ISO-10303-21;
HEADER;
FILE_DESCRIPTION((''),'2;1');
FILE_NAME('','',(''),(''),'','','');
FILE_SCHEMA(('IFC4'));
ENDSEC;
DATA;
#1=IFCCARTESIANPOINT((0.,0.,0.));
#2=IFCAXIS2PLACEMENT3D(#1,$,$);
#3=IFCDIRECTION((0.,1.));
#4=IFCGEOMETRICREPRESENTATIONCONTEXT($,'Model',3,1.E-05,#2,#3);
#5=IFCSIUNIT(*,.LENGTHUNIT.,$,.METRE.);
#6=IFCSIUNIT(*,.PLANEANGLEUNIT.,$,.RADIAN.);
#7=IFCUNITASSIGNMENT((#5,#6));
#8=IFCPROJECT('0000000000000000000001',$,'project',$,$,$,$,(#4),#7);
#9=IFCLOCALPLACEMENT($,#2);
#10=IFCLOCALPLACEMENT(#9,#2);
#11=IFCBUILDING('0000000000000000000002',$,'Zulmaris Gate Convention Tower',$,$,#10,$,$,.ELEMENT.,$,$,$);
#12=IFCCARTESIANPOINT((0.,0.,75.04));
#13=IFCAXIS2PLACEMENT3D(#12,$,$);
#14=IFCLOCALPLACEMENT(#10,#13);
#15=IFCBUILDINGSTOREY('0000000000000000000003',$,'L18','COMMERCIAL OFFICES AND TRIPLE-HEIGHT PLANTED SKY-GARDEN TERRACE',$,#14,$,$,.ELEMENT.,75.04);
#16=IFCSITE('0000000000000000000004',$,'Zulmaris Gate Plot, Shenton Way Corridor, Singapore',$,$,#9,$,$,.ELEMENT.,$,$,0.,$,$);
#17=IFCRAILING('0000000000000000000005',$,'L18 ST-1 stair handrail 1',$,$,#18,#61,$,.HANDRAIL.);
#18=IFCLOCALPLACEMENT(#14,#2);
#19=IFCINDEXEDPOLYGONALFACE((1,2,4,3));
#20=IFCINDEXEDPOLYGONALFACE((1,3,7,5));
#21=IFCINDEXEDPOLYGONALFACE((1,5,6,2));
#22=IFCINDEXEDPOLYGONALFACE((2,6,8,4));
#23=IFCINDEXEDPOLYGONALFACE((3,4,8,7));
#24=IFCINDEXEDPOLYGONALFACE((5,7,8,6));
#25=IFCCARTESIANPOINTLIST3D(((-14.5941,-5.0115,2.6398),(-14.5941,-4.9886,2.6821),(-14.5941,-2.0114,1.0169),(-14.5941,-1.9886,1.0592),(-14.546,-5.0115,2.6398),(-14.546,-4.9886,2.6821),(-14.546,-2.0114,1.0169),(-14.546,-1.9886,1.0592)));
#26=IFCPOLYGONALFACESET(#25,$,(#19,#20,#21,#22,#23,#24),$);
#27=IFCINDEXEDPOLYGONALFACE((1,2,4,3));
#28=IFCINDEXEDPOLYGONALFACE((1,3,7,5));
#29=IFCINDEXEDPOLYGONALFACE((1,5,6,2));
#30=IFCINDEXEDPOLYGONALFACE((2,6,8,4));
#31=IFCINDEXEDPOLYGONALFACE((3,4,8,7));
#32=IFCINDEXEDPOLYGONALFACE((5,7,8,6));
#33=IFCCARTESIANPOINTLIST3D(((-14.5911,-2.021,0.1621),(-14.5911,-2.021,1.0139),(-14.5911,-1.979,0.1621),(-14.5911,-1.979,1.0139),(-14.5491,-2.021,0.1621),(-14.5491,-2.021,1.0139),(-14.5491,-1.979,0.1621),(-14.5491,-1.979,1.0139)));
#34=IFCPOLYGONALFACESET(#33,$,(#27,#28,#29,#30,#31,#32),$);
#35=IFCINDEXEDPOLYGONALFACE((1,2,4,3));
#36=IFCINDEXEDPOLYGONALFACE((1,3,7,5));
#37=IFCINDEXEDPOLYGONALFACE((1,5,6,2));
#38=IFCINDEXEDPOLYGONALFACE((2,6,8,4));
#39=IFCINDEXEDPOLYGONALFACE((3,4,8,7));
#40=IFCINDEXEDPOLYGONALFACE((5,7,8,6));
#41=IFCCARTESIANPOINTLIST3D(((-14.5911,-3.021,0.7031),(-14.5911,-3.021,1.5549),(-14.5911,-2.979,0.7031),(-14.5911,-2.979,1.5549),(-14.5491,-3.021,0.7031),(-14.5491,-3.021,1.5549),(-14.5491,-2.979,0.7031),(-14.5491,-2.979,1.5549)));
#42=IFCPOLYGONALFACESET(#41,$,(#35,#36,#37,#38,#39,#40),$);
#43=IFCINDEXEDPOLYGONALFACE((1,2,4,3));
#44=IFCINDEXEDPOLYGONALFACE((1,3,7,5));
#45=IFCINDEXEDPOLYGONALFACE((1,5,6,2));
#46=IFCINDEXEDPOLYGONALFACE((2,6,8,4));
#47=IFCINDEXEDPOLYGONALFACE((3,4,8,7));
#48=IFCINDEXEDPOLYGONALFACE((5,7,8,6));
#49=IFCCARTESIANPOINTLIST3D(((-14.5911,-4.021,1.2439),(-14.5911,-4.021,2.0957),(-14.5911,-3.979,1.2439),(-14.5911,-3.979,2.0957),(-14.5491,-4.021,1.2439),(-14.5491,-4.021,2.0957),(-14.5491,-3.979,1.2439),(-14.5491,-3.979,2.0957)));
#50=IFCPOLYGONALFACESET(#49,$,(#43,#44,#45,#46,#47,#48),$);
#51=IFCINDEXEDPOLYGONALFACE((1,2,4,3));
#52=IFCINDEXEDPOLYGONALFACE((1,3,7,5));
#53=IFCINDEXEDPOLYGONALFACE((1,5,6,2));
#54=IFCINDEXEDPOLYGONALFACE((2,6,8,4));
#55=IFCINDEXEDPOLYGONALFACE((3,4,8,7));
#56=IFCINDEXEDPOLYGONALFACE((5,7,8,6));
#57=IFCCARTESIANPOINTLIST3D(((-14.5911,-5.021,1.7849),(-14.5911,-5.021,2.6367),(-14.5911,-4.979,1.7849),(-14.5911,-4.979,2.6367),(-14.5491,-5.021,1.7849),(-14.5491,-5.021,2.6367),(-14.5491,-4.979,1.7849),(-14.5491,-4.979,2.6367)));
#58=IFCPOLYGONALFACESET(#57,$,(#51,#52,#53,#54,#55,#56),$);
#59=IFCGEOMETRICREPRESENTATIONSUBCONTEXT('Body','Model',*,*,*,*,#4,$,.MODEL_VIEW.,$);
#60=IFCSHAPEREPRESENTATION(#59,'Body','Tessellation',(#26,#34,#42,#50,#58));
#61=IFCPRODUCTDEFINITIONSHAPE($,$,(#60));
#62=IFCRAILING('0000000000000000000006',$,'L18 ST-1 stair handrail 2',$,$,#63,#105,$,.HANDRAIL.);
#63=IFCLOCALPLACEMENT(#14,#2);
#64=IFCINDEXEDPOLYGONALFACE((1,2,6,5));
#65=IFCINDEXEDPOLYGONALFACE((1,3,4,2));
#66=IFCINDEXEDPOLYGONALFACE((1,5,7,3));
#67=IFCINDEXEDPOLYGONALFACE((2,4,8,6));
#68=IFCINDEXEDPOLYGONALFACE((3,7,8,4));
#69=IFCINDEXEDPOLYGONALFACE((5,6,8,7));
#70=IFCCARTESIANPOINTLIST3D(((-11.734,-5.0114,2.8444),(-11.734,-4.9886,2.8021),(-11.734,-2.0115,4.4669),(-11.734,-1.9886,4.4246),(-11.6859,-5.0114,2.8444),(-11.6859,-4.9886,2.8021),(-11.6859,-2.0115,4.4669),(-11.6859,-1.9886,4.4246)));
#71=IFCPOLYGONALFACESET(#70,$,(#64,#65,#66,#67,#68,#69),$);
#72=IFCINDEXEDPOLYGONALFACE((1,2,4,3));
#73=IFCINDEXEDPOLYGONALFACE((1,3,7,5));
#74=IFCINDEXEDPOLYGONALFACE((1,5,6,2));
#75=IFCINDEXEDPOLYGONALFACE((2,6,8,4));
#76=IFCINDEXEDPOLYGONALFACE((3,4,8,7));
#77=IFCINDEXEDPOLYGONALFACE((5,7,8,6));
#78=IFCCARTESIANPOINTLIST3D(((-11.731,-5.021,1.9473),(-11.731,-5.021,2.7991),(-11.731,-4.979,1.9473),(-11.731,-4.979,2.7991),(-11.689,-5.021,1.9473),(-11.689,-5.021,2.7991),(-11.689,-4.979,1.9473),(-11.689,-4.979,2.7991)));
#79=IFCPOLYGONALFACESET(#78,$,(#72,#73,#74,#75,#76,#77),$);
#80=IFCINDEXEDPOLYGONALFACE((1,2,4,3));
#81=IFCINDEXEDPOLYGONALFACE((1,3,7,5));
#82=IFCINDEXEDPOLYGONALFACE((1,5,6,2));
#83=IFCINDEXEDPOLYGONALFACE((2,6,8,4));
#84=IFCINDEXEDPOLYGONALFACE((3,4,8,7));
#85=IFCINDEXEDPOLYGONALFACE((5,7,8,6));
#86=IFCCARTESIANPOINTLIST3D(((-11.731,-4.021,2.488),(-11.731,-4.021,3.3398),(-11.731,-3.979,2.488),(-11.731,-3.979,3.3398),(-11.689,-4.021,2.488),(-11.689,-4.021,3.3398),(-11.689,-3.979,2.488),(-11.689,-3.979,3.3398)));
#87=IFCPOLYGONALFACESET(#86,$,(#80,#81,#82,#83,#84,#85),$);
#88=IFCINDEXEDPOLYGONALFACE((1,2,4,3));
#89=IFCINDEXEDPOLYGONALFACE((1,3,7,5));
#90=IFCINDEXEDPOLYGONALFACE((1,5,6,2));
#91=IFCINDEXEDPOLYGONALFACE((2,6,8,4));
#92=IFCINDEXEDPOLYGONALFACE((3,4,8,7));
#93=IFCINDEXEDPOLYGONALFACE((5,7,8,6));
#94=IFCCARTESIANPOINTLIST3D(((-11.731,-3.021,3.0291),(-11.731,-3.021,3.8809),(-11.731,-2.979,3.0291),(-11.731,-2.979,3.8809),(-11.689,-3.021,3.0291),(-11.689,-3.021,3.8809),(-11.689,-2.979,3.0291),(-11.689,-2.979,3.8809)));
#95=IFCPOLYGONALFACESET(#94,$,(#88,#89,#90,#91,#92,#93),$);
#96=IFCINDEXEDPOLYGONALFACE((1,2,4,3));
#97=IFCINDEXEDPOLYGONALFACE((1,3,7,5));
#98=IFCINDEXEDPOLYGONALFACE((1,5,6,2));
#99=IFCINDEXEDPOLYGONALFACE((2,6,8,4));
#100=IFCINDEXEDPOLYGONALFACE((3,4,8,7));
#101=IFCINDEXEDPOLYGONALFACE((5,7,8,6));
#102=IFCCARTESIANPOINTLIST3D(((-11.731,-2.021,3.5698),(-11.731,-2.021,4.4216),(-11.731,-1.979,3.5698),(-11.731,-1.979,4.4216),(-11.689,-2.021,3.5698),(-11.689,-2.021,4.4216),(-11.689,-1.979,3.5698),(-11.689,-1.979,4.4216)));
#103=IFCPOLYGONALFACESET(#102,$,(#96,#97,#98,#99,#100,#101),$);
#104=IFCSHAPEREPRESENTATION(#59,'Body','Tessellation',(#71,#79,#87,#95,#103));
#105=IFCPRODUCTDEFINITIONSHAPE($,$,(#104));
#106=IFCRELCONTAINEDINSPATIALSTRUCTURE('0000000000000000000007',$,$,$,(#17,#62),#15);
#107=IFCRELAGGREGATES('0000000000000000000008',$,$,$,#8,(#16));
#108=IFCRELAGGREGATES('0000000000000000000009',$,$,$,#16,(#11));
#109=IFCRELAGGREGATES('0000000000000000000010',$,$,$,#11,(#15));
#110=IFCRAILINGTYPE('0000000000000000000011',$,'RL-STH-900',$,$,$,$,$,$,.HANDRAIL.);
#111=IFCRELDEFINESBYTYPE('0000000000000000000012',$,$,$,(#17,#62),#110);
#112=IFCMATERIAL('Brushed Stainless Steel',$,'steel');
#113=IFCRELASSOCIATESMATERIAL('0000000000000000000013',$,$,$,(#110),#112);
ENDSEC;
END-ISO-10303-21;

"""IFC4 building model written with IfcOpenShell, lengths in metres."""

from ifc_helpers import new_model, si_unit, direction, frame, origin, origin_2d, place, context, subcontext, project, spatial, rectangle, extrude, material, type_object, element, save


model = new_model("IFC4")

# Units and contexts
model_context = context("Model", 3, precision=1e-05, world=origin(), true_north=direction((0.0, 1.0)))
body_context = subcontext(model_context, "Body", "Model", "MODEL_VIEW")
ifc_project = project(units=[si_unit("LENGTHUNIT", "METRE"), si_unit("PLANEANGLEUNIT", "RADIAN")], contexts=[model_context])

# Site, building, storey
site_placement = place(None, origin())
site = spatial("IfcSite", under=ifc_project, at=site_placement, Name="Zulmaris Gate Plot, Shenton Way Corridor, Singapore", CompositionType="ELEMENT", RefElevation=0.0)
building_placement = place(site_placement, origin())
building = spatial("IfcBuilding", under=site, at=building_placement, Name="Zulmaris Gate Convention Tower", CompositionType="ELEMENT")
storey_placement = place(building_placement, frame((0.0, 0.0, 75.04)))
storey = spatial("IfcBuildingStorey", under=building, at=storey_placement, Name="L18", Description="COMMERCIAL OFFICES AND TRIPLE-HEIGHT PLANTED SKY-GARDEN TERRACE", CompositionType="ELEMENT", Elevation=75.04)

# Railings
ifc_material_1 = material(Name="Brushed Stainless Steel", Category="steel")
railing_type_1 = type_object("IfcRailingType", Name="RL-STH-900", PredefinedType="HANDRAIL", material=ifc_material_1)
railing_1_placement = place(storey_placement, frame((-14.5701, -2.0, 0.1621)))
element("IfcRailing", 1, at=railing_1_placement, inside=storey, type_object=railing_type_1, Name="L18 ST-1 stair handrail 1", PredefinedType="HANDRAIL", context=body_context, shape_type="SweptSolid", body=[
    extrude(rectangle(XDim=0.0481, YDim=0.0481, at=origin_2d()), frame((0.0, 0.0, 0.876), z_axis=(0.0, -0.879562, 0.475785), x_axis=(1.0, 0.0, 0.0)), (0.0, 0.0, 1.0), 3.4109),
    extrude(rectangle(XDim=0.042, YDim=0.042, at=origin_2d()), origin(), (0.0, 0.0, 1.0), 0.8518),
    extrude(rectangle(XDim=0.042, YDim=0.042, at=origin_2d()), frame((0.0, -1.0, 0.541)), (0.0, 0.0, 1.0), 0.8518),
    extrude(rectangle(XDim=0.042, YDim=0.042, at=origin_2d()), frame((0.0, -2.0, 1.0818)), (0.0, 0.0, 1.0), 0.8518),
    extrude(rectangle(XDim=0.042, YDim=0.042, at=origin_2d()), frame((0.0, -3.0, 1.6228)), (0.0, 0.0, 1.0), 0.8518),
])
railing_2_placement = place(storey_placement, frame((-11.71, -5.0, 1.9473)))
element("IfcRailing", 2, at=railing_2_placement, inside=storey, type_object=railing_type_1, Name="L18 ST-1 stair handrail 2", PredefinedType="HANDRAIL", context=body_context, shape_type="SweptSolid", body=[
    extrude(rectangle(XDim=0.0481, YDim=0.0481, at=origin_2d()), frame((0.0, 0.0, 0.876), z_axis=(0.0, 0.879592, 0.47573), x_axis=(-1.0, 0.0, 0.0)), (0.0, 0.0, 1.0), 3.4106),
    extrude(rectangle(XDim=0.042, YDim=0.042, at=origin_2d()), origin(), (0.0, 0.0, 1.0), 0.8518),
    extrude(rectangle(XDim=0.042, YDim=0.042, at=origin_2d()), frame((0.0, 1.0, 0.5408)), (0.0, 0.0, 1.0), 0.8518),
    extrude(rectangle(XDim=0.042, YDim=0.042, at=origin_2d()), frame((0.0, 2.0, 1.0818)), (0.0, 0.0, 1.0), 0.8518),
    extrude(rectangle(XDim=0.042, YDim=0.042, at=origin_2d()), frame((0.0, 3.0, 1.6226)), (0.0, 0.0, 1.0), 0.8518),
])

save(model, "model.ifc")
